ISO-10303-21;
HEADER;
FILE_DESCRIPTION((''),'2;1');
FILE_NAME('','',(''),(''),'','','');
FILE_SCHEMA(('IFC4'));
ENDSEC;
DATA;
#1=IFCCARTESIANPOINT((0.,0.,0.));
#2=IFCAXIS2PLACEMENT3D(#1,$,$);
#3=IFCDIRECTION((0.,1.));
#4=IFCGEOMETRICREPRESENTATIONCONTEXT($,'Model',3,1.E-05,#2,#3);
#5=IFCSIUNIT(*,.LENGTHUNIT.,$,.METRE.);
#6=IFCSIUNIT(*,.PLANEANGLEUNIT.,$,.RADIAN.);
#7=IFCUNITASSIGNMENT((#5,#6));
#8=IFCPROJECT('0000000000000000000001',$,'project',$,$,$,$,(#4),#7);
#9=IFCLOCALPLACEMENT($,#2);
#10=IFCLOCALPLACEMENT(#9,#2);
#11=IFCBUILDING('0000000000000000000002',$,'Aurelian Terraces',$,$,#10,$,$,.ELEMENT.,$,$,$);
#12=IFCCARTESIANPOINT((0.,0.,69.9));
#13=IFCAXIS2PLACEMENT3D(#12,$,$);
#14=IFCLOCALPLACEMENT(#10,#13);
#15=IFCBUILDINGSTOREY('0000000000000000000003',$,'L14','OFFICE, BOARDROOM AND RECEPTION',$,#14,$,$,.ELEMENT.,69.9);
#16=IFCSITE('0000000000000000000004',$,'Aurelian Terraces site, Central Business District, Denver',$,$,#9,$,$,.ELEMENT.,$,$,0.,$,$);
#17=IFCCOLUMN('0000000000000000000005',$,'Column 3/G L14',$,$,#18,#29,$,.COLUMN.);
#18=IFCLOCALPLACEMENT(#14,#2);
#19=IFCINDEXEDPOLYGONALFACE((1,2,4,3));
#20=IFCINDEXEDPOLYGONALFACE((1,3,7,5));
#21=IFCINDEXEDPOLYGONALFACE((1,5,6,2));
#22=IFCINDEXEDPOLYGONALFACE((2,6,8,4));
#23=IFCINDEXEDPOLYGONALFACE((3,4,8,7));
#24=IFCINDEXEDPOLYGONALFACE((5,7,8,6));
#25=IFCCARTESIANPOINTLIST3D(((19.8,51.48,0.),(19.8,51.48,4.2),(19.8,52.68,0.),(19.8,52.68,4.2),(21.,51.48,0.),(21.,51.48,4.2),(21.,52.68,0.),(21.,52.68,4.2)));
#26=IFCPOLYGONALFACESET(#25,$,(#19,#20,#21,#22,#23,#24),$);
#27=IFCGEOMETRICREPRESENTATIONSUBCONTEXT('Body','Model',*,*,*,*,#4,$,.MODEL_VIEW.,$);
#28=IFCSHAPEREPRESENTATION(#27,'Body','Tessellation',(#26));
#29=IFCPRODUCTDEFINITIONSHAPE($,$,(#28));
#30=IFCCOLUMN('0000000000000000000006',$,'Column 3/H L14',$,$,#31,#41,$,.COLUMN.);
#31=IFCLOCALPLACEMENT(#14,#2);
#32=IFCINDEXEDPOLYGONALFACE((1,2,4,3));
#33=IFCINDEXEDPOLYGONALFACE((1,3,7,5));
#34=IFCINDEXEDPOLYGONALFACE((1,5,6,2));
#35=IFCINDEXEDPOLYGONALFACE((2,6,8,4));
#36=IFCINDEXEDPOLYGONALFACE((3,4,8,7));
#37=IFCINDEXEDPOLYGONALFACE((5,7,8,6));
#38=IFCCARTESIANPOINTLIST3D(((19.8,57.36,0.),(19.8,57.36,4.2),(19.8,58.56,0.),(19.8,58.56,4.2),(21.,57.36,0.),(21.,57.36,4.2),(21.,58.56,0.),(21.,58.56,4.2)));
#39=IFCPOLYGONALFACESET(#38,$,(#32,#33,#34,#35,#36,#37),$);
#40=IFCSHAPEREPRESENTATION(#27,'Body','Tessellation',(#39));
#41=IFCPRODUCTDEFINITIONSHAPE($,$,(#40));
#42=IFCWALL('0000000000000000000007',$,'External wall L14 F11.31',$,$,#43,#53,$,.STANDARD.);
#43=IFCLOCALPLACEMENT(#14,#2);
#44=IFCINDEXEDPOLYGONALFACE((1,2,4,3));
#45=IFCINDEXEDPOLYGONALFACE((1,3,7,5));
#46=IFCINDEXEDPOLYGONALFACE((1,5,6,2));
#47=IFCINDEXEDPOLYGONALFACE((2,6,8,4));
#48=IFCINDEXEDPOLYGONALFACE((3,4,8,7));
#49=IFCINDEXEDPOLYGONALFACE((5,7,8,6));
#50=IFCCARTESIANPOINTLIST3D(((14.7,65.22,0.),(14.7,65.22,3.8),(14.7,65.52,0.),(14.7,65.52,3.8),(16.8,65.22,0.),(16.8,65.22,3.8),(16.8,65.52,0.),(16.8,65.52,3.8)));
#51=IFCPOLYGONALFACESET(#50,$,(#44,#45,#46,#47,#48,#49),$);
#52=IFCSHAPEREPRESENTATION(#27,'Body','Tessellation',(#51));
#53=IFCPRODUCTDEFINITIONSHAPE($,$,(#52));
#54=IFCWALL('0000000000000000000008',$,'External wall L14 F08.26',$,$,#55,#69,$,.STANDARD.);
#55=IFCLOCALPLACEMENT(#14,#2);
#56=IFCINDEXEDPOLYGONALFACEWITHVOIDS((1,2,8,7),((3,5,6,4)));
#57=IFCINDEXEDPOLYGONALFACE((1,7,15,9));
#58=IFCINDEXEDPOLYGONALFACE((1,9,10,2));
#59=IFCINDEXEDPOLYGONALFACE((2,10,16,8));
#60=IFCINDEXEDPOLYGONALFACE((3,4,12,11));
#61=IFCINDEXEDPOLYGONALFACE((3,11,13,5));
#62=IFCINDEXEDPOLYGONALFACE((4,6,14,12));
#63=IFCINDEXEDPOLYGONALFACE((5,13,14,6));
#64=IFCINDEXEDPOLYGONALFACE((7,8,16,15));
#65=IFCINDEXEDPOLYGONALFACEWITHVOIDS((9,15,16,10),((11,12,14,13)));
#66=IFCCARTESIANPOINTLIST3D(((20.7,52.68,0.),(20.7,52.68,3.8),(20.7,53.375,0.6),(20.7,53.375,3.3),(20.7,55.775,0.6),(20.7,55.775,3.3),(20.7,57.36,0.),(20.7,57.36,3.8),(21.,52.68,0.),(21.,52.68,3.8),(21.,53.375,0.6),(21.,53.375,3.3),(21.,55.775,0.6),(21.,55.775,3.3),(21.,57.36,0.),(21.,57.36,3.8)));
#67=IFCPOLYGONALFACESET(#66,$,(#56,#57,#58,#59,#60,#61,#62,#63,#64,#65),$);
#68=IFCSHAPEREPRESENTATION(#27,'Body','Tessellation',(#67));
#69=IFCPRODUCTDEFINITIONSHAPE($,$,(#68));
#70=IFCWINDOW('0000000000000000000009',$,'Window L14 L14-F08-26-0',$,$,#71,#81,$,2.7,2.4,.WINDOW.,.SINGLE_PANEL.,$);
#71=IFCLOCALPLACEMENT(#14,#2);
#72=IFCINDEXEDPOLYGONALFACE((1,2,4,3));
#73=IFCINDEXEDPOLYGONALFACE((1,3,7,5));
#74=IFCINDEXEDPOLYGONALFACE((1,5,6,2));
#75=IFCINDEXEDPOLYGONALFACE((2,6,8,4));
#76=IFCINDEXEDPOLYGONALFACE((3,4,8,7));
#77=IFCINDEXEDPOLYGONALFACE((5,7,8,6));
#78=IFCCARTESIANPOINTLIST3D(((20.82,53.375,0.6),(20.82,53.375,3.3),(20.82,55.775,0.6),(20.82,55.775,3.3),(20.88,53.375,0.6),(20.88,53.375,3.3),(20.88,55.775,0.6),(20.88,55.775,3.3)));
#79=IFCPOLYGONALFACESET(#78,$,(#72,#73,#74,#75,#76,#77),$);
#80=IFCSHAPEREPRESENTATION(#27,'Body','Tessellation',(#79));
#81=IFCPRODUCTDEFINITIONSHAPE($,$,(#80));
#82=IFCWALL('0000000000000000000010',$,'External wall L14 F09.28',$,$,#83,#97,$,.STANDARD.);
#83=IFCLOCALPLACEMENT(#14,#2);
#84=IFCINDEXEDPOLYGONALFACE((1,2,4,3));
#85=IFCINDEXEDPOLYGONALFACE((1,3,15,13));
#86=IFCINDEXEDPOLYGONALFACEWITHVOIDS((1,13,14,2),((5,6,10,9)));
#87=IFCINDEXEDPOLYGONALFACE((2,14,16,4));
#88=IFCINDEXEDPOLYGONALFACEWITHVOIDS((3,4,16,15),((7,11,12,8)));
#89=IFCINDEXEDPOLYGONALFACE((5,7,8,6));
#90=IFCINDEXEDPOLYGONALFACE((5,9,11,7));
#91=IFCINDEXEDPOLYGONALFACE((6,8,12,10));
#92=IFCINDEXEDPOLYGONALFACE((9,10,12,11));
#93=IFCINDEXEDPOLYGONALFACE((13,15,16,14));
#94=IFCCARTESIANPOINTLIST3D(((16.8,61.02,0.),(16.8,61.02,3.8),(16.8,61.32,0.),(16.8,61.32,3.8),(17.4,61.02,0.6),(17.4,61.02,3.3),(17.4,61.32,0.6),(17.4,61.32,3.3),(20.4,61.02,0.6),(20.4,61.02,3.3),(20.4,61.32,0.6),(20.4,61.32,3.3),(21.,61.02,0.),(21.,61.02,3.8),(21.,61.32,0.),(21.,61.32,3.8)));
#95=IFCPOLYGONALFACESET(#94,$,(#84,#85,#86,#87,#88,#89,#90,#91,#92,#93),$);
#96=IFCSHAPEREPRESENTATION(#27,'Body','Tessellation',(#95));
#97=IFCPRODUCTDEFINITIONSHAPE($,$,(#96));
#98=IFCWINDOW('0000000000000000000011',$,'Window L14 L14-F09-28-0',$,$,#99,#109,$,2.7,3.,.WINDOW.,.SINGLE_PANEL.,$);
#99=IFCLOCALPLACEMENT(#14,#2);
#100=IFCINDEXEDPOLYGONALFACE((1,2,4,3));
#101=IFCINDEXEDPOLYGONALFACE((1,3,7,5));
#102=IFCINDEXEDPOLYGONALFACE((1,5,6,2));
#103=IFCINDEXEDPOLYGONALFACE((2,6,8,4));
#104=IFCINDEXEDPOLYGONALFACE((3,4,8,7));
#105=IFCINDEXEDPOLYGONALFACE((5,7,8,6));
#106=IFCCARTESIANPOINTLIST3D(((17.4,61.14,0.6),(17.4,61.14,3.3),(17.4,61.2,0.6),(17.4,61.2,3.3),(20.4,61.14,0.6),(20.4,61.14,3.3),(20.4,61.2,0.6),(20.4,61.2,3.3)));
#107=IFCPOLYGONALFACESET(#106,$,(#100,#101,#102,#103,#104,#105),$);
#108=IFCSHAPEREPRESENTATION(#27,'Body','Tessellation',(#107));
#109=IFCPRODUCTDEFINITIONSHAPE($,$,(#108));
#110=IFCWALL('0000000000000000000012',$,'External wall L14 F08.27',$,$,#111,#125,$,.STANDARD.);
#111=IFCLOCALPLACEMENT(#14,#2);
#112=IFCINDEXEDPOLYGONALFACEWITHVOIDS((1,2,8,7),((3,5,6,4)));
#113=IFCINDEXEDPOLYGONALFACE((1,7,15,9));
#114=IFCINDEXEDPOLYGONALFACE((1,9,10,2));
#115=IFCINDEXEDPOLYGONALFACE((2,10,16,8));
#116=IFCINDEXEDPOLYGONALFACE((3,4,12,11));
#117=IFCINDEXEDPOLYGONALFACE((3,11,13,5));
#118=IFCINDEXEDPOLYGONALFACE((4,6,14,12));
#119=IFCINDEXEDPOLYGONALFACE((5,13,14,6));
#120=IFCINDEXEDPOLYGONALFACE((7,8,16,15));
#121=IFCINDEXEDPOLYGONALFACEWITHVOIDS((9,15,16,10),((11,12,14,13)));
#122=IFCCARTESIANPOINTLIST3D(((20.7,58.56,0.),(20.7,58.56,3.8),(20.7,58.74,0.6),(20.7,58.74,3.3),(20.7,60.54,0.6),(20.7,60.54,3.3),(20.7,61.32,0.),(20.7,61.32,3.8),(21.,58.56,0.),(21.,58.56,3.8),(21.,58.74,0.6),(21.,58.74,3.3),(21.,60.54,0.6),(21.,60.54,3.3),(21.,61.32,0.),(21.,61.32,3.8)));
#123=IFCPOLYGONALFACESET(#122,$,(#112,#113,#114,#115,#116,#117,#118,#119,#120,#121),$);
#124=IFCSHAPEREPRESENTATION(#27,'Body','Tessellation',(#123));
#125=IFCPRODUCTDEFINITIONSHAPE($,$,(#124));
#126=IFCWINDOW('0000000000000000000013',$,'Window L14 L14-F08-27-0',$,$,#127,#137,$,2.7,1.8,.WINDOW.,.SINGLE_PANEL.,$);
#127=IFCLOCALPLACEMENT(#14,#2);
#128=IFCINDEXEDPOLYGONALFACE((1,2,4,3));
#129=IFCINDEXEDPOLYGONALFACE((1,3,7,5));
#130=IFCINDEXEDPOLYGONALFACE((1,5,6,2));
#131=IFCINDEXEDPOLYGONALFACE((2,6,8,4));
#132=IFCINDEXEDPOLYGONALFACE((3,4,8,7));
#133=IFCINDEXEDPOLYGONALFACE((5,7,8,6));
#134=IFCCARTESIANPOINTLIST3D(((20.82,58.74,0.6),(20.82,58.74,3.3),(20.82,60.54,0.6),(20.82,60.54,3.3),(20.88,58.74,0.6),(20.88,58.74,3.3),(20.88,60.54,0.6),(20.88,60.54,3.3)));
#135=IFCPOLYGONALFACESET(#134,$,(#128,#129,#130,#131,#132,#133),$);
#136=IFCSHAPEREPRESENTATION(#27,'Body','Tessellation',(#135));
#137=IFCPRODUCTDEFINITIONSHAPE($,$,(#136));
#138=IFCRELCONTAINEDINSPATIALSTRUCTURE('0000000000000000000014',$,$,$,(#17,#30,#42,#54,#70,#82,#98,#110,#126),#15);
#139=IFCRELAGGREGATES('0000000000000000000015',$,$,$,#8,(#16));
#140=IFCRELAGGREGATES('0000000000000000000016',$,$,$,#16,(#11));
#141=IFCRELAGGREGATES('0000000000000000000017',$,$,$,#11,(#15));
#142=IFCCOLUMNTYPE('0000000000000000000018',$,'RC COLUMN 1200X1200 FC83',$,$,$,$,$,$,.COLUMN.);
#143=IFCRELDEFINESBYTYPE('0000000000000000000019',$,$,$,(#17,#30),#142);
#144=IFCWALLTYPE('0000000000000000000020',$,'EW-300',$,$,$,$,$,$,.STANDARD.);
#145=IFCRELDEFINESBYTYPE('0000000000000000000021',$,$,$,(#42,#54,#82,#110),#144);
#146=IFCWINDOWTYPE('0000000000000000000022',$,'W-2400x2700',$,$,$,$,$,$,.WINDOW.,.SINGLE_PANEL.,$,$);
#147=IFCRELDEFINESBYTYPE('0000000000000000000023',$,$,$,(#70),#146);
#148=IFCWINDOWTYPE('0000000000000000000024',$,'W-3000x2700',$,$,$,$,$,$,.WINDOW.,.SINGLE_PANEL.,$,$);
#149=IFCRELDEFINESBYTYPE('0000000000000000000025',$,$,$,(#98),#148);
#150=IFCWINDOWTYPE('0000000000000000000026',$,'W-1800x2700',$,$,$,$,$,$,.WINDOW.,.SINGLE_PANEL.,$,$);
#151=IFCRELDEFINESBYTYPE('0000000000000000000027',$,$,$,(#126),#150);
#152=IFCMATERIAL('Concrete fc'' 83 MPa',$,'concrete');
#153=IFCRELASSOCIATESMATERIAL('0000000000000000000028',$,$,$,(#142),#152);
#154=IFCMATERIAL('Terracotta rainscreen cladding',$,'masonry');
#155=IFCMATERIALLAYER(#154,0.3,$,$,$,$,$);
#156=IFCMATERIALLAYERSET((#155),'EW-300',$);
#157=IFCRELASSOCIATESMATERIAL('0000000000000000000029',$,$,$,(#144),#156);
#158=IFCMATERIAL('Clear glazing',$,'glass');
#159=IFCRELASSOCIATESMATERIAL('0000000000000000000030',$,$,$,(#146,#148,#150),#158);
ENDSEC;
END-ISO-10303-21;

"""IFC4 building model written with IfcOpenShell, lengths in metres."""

from ifc_helpers import new_model, si_unit, direction, frame, frame_2d, origin, origin_2d, place, context, subcontext, project, spatial, rectangle, extrude, source, transform, mapped, material, layer, layer_set, material_profile, profile_set, type_object, element, fill, save


model = new_model("IFC4")

# Units and contexts
model_context = context("Model", 3, precision=1e-05, world=origin(), true_north=direction((0.0, 1.0)))
body_context = subcontext(model_context, "Body", "Model", "MODEL_VIEW")
ifc_project = project(units=[si_unit("LENGTHUNIT", "METRE"), si_unit("PLANEANGLEUNIT", "RADIAN")], contexts=[model_context])

# Site, building, storey
site_placement = place(None, origin())
site = spatial("IfcSite", under=ifc_project, at=site_placement, Name="Aurelian Terraces site, Central Business District, Denver", CompositionType="ELEMENT", RefElevation=0.0)
building_placement = place(site_placement, origin())
building = spatial("IfcBuilding", under=site, at=building_placement, Name="Aurelian Terraces", CompositionType="ELEMENT")
storey_placement = place(building_placement, frame((0.0, 0.0, 69.9)))
storey = spatial("IfcBuildingStorey", under=building, at=storey_placement, Name="L14", Description="OFFICE, BOARDROOM AND RECEPTION", CompositionType="ELEMENT", Elevation=69.9)

# Columns
ifc_material_1 = material(Name="Concrete fc' 83 MPa", Category="concrete")
ifc_material_profile = material_profile(ifc_material_1, rectangle(XDim=1.2, YDim=1.2, at=origin_2d()))
ifc_profile_set = profile_set([ifc_material_profile], Name="Concrete fc' 83 MPa")
column_type = type_object("IfcColumnType", Name="RC COLUMN 1200X1200 FC83", PredefinedType="COLUMN", material=ifc_profile_set)
shared_shape_1 = source(origin(), body_context, "Body", "SweptSolid", [
    extrude(rectangle(XDim=1.2, YDim=1.2, at=origin_2d()), origin(), (0.0, 0.0, 1.0), 4.2),
])
for number, where, z_axis, x_axis, name in (
    (1, (20.4, 52.08, 0.0), (0.0, 0.0, 1.0), (1.0, 0.0, 0.0), "Column 3/G L14"),
    (2, (20.4, 57.96, 0.0), (0.0, 0.0, 1.0), (1.0, 0.0, 0.0), "Column 3/H L14"),
):
    element("IfcColumn", number, at=place(storey_placement, frame(where, z_axis=z_axis, x_axis=x_axis)), inside=storey, type_object=column_type, Name=name, PredefinedType="COLUMN", context=body_context, shape_type="MappedRepresentation", body=[
        mapped(shared_shape_1, transform((0.0, 0.0, 0.0), scale=1.0)),
    ])

# Wall
ifc_material_2 = material(Name="Terracotta rainscreen cladding", Category="masonry")
ifc_layer_1 = layer(ifc_material_2, 0.3)
ifc_layer_set_1 = layer_set([ifc_layer_1], Name="EW-300")
wall_type_1 = type_object("IfcWallType", Name="EW-300", PredefinedType="STANDARD", material=ifc_layer_set_1)
wall_1_placement = place(storey_placement, frame((16.8, 65.37, 0.0), z_axis=(0.0, 0.0, 1.0), x_axis=(-1.0, 0.0, 0.0)))
element("IfcWall", 3, at=wall_1_placement, inside=storey, type_object=wall_type_1, Name="External wall L14 F11.31", PredefinedType="STANDARD", context=body_context, shape_type="SweptSolid", body=[
    extrude(rectangle(XDim=2.1, YDim=0.3, at=frame_2d((1.05, 0.0))), origin(), (0.0, 0.0, 1.0), 3.8),
])

# Walls, openings, windows
shared_shape_2 = source(origin(), body_context, "Body", "SweptSolid", [
    extrude(rectangle(XDim=4.68, YDim=0.3, at=frame_2d((2.34, 0.0))), origin(), (0.0, 0.0, 1.0), 3.8),
])
wall_2_placement = place(storey_placement, frame((20.85, 52.68, 0.0), z_axis=(0.0, 0.0, 1.0), x_axis=(0.0, 1.0, 0.0)))
wall_2 = element("IfcWall", 4, at=wall_2_placement, inside=storey, type_object=wall_type_1, Name="External wall L14 F08.26", PredefinedType="STANDARD", context=body_context, shape_type="MappedRepresentation", body=[
    mapped(shared_shape_2, transform((0.0, 0.0, 0.0), scale=1.0)),
])
shared_shape_3 = source(origin(), body_context, "Body", "SweptSolid", [
    extrude(rectangle(XDim=2.4, YDim=2.7, at=frame_2d((1.2, 1.35))), frame((0.0, 0.16, 0.0), z_axis=(0.0, -1.0, 0.0), x_axis=(1.0, 0.0, 0.0)), (0.0, 0.0, 1.0), 0.32),
])
opening_1_placement = place(wall_2_placement, frame((0.695, 0.0, 0.6)))
opening_1 = element("IfcOpeningElement", 5, at=opening_1_placement, cuts=wall_2, PredefinedType="OPENING", context=body_context, shape_type="MappedRepresentation", body=[
    mapped(shared_shape_3, transform((0.0, 0.0, 0.0), scale=1.0)),
])
ifc_material_3 = material(Name="Clear glazing", Category="glass")
window_type_1 = type_object("IfcWindowType", Name="W-2400x2700", PartitioningType="SINGLE_PANEL", PredefinedType="WINDOW", material=ifc_material_3)
shared_shape_4 = source(origin(), body_context, "Body", "SweptSolid", [
    extrude(rectangle(XDim=2.4, YDim=2.7, at=frame_2d((1.2, 1.35))), frame((0.0, 0.03, 0.0), z_axis=(0.0, -1.0, 0.0), x_axis=(1.0, 0.0, 0.0)), (0.0, 0.0, 1.0), 0.06),
])
window_1_placement = place(opening_1_placement, origin())
window_1 = element("IfcWindow", 6, at=window_1_placement, inside=storey, type_object=window_type_1, Name="Window L14 L14-F08-26-0", OverallHeight=2.7, OverallWidth=2.4, PartitioningType="SINGLE_PANEL", PredefinedType="WINDOW", context=body_context, shape_type="MappedRepresentation", body=[
    mapped(shared_shape_4, transform((0.0, 0.0, 0.0), scale=1.0)),
])
fill(opening_1, window_1)
shared_shape_5 = source(origin(), body_context, "Body", "SweptSolid", [
    extrude(rectangle(XDim=4.2, YDim=0.3, at=frame_2d((2.1, 0.0))), origin(), (0.0, 0.0, 1.0), 3.8),
])
wall_3_placement = place(storey_placement, frame((21.0, 61.17, 0.0), z_axis=(0.0, 0.0, 1.0), x_axis=(-1.0, 0.0, 0.0)))
wall_3 = element("IfcWall", 7, at=wall_3_placement, inside=storey, type_object=wall_type_1, Name="External wall L14 F09.28", PredefinedType="STANDARD", context=body_context, shape_type="MappedRepresentation", body=[
    mapped(shared_shape_5, transform((0.0, 0.0, 0.0), scale=1.0)),
])
shared_shape_6 = source(origin(), body_context, "Body", "SweptSolid", [
    extrude(rectangle(XDim=3.0, YDim=2.7, at=frame_2d((1.5, 1.35))), frame((0.0, 0.16, 0.0), z_axis=(0.0, -1.0, 0.0), x_axis=(1.0, 0.0, 0.0)), (0.0, 0.0, 1.0), 0.32),
])
opening_2_placement = place(wall_3_placement, frame((0.6, 0.0, 0.6)))
opening_2 = element("IfcOpeningElement", 8, at=opening_2_placement, cuts=wall_3, PredefinedType="OPENING", context=body_context, shape_type="MappedRepresentation", body=[
    mapped(shared_shape_6, transform((0.0, 0.0, 0.0), scale=1.0)),
])
window_type_2 = type_object("IfcWindowType", Name="W-3000x2700", PartitioningType="SINGLE_PANEL", PredefinedType="WINDOW", material=ifc_material_3)
shared_shape_7 = source(origin(), body_context, "Body", "SweptSolid", [
    extrude(rectangle(XDim=3.0, YDim=2.7, at=frame_2d((1.5, 1.35))), frame((0.0, 0.03, 0.0), z_axis=(0.0, -1.0, 0.0), x_axis=(1.0, 0.0, 0.0)), (0.0, 0.0, 1.0), 0.06),
])
window_2_placement = place(opening_2_placement, origin())
window_2 = element("IfcWindow", 9, at=window_2_placement, inside=storey, type_object=window_type_2, Name="Window L14 L14-F09-28-0", OverallHeight=2.7, OverallWidth=3.0, PartitioningType="SINGLE_PANEL", PredefinedType="WINDOW", context=body_context, shape_type="MappedRepresentation", body=[
    mapped(shared_shape_7, transform((0.0, 0.0, 0.0), scale=1.0)),
])
fill(opening_2, window_2)
shared_shape_8 = source(origin(), body_context, "Body", "SweptSolid", [
    extrude(rectangle(XDim=2.76, YDim=0.3, at=frame_2d((1.38, 0.0))), origin(), (0.0, 0.0, 1.0), 3.8),
])
wall_4_placement = place(storey_placement, frame((20.85, 58.56, 0.0), z_axis=(0.0, 0.0, 1.0), x_axis=(0.0, 1.0, 0.0)))
wall_4 = element("IfcWall", 10, at=wall_4_placement, inside=storey, type_object=wall_type_1, Name="External wall L14 F08.27", PredefinedType="STANDARD", context=body_context, shape_type="MappedRepresentation", body=[
    mapped(shared_shape_8, transform((0.0, 0.0, 0.0), scale=1.0)),
])
shared_shape_9 = source(origin(), body_context, "Body", "SweptSolid", [
    extrude(rectangle(XDim=1.8, YDim=2.7, at=frame_2d((0.9, 1.35))), frame((0.0, 0.16, 0.0), z_axis=(0.0, -1.0, 0.0), x_axis=(1.0, 0.0, 0.0)), (0.0, 0.0, 1.0), 0.32),
])
opening_3_placement = place(wall_4_placement, frame((0.18, 0.0, 0.6)))
opening_3 = element("IfcOpeningElement", 11, at=opening_3_placement, cuts=wall_4, PredefinedType="OPENING", context=body_context, shape_type="MappedRepresentation", body=[
    mapped(shared_shape_9, transform((0.0, 0.0, 0.0), scale=1.0)),
])
window_type_3 = type_object("IfcWindowType", Name="W-1800x2700", PartitioningType="SINGLE_PANEL", PredefinedType="WINDOW", material=ifc_material_3)
shared_shape_10 = source(origin(), body_context, "Body", "SweptSolid", [
    extrude(rectangle(XDim=1.8, YDim=2.7, at=frame_2d((0.9, 1.35))), frame((0.0, 0.03, 0.0), z_axis=(0.0, -1.0, 0.0), x_axis=(1.0, 0.0, 0.0)), (0.0, 0.0, 1.0), 0.06),
])
window_3_placement = place(opening_3_placement, origin())
window_3 = element("IfcWindow", 12, at=window_3_placement, inside=storey, type_object=window_type_3, Name="Window L14 L14-F08-27-0", OverallHeight=2.7, OverallWidth=1.8, PartitioningType="SINGLE_PANEL", PredefinedType="WINDOW", context=body_context, shape_type="MappedRepresentation", body=[
    mapped(shared_shape_10, transform((0.0, 0.0, 0.0), scale=1.0)),
])
fill(opening_3, window_3)

save(model, "model.ifc")
